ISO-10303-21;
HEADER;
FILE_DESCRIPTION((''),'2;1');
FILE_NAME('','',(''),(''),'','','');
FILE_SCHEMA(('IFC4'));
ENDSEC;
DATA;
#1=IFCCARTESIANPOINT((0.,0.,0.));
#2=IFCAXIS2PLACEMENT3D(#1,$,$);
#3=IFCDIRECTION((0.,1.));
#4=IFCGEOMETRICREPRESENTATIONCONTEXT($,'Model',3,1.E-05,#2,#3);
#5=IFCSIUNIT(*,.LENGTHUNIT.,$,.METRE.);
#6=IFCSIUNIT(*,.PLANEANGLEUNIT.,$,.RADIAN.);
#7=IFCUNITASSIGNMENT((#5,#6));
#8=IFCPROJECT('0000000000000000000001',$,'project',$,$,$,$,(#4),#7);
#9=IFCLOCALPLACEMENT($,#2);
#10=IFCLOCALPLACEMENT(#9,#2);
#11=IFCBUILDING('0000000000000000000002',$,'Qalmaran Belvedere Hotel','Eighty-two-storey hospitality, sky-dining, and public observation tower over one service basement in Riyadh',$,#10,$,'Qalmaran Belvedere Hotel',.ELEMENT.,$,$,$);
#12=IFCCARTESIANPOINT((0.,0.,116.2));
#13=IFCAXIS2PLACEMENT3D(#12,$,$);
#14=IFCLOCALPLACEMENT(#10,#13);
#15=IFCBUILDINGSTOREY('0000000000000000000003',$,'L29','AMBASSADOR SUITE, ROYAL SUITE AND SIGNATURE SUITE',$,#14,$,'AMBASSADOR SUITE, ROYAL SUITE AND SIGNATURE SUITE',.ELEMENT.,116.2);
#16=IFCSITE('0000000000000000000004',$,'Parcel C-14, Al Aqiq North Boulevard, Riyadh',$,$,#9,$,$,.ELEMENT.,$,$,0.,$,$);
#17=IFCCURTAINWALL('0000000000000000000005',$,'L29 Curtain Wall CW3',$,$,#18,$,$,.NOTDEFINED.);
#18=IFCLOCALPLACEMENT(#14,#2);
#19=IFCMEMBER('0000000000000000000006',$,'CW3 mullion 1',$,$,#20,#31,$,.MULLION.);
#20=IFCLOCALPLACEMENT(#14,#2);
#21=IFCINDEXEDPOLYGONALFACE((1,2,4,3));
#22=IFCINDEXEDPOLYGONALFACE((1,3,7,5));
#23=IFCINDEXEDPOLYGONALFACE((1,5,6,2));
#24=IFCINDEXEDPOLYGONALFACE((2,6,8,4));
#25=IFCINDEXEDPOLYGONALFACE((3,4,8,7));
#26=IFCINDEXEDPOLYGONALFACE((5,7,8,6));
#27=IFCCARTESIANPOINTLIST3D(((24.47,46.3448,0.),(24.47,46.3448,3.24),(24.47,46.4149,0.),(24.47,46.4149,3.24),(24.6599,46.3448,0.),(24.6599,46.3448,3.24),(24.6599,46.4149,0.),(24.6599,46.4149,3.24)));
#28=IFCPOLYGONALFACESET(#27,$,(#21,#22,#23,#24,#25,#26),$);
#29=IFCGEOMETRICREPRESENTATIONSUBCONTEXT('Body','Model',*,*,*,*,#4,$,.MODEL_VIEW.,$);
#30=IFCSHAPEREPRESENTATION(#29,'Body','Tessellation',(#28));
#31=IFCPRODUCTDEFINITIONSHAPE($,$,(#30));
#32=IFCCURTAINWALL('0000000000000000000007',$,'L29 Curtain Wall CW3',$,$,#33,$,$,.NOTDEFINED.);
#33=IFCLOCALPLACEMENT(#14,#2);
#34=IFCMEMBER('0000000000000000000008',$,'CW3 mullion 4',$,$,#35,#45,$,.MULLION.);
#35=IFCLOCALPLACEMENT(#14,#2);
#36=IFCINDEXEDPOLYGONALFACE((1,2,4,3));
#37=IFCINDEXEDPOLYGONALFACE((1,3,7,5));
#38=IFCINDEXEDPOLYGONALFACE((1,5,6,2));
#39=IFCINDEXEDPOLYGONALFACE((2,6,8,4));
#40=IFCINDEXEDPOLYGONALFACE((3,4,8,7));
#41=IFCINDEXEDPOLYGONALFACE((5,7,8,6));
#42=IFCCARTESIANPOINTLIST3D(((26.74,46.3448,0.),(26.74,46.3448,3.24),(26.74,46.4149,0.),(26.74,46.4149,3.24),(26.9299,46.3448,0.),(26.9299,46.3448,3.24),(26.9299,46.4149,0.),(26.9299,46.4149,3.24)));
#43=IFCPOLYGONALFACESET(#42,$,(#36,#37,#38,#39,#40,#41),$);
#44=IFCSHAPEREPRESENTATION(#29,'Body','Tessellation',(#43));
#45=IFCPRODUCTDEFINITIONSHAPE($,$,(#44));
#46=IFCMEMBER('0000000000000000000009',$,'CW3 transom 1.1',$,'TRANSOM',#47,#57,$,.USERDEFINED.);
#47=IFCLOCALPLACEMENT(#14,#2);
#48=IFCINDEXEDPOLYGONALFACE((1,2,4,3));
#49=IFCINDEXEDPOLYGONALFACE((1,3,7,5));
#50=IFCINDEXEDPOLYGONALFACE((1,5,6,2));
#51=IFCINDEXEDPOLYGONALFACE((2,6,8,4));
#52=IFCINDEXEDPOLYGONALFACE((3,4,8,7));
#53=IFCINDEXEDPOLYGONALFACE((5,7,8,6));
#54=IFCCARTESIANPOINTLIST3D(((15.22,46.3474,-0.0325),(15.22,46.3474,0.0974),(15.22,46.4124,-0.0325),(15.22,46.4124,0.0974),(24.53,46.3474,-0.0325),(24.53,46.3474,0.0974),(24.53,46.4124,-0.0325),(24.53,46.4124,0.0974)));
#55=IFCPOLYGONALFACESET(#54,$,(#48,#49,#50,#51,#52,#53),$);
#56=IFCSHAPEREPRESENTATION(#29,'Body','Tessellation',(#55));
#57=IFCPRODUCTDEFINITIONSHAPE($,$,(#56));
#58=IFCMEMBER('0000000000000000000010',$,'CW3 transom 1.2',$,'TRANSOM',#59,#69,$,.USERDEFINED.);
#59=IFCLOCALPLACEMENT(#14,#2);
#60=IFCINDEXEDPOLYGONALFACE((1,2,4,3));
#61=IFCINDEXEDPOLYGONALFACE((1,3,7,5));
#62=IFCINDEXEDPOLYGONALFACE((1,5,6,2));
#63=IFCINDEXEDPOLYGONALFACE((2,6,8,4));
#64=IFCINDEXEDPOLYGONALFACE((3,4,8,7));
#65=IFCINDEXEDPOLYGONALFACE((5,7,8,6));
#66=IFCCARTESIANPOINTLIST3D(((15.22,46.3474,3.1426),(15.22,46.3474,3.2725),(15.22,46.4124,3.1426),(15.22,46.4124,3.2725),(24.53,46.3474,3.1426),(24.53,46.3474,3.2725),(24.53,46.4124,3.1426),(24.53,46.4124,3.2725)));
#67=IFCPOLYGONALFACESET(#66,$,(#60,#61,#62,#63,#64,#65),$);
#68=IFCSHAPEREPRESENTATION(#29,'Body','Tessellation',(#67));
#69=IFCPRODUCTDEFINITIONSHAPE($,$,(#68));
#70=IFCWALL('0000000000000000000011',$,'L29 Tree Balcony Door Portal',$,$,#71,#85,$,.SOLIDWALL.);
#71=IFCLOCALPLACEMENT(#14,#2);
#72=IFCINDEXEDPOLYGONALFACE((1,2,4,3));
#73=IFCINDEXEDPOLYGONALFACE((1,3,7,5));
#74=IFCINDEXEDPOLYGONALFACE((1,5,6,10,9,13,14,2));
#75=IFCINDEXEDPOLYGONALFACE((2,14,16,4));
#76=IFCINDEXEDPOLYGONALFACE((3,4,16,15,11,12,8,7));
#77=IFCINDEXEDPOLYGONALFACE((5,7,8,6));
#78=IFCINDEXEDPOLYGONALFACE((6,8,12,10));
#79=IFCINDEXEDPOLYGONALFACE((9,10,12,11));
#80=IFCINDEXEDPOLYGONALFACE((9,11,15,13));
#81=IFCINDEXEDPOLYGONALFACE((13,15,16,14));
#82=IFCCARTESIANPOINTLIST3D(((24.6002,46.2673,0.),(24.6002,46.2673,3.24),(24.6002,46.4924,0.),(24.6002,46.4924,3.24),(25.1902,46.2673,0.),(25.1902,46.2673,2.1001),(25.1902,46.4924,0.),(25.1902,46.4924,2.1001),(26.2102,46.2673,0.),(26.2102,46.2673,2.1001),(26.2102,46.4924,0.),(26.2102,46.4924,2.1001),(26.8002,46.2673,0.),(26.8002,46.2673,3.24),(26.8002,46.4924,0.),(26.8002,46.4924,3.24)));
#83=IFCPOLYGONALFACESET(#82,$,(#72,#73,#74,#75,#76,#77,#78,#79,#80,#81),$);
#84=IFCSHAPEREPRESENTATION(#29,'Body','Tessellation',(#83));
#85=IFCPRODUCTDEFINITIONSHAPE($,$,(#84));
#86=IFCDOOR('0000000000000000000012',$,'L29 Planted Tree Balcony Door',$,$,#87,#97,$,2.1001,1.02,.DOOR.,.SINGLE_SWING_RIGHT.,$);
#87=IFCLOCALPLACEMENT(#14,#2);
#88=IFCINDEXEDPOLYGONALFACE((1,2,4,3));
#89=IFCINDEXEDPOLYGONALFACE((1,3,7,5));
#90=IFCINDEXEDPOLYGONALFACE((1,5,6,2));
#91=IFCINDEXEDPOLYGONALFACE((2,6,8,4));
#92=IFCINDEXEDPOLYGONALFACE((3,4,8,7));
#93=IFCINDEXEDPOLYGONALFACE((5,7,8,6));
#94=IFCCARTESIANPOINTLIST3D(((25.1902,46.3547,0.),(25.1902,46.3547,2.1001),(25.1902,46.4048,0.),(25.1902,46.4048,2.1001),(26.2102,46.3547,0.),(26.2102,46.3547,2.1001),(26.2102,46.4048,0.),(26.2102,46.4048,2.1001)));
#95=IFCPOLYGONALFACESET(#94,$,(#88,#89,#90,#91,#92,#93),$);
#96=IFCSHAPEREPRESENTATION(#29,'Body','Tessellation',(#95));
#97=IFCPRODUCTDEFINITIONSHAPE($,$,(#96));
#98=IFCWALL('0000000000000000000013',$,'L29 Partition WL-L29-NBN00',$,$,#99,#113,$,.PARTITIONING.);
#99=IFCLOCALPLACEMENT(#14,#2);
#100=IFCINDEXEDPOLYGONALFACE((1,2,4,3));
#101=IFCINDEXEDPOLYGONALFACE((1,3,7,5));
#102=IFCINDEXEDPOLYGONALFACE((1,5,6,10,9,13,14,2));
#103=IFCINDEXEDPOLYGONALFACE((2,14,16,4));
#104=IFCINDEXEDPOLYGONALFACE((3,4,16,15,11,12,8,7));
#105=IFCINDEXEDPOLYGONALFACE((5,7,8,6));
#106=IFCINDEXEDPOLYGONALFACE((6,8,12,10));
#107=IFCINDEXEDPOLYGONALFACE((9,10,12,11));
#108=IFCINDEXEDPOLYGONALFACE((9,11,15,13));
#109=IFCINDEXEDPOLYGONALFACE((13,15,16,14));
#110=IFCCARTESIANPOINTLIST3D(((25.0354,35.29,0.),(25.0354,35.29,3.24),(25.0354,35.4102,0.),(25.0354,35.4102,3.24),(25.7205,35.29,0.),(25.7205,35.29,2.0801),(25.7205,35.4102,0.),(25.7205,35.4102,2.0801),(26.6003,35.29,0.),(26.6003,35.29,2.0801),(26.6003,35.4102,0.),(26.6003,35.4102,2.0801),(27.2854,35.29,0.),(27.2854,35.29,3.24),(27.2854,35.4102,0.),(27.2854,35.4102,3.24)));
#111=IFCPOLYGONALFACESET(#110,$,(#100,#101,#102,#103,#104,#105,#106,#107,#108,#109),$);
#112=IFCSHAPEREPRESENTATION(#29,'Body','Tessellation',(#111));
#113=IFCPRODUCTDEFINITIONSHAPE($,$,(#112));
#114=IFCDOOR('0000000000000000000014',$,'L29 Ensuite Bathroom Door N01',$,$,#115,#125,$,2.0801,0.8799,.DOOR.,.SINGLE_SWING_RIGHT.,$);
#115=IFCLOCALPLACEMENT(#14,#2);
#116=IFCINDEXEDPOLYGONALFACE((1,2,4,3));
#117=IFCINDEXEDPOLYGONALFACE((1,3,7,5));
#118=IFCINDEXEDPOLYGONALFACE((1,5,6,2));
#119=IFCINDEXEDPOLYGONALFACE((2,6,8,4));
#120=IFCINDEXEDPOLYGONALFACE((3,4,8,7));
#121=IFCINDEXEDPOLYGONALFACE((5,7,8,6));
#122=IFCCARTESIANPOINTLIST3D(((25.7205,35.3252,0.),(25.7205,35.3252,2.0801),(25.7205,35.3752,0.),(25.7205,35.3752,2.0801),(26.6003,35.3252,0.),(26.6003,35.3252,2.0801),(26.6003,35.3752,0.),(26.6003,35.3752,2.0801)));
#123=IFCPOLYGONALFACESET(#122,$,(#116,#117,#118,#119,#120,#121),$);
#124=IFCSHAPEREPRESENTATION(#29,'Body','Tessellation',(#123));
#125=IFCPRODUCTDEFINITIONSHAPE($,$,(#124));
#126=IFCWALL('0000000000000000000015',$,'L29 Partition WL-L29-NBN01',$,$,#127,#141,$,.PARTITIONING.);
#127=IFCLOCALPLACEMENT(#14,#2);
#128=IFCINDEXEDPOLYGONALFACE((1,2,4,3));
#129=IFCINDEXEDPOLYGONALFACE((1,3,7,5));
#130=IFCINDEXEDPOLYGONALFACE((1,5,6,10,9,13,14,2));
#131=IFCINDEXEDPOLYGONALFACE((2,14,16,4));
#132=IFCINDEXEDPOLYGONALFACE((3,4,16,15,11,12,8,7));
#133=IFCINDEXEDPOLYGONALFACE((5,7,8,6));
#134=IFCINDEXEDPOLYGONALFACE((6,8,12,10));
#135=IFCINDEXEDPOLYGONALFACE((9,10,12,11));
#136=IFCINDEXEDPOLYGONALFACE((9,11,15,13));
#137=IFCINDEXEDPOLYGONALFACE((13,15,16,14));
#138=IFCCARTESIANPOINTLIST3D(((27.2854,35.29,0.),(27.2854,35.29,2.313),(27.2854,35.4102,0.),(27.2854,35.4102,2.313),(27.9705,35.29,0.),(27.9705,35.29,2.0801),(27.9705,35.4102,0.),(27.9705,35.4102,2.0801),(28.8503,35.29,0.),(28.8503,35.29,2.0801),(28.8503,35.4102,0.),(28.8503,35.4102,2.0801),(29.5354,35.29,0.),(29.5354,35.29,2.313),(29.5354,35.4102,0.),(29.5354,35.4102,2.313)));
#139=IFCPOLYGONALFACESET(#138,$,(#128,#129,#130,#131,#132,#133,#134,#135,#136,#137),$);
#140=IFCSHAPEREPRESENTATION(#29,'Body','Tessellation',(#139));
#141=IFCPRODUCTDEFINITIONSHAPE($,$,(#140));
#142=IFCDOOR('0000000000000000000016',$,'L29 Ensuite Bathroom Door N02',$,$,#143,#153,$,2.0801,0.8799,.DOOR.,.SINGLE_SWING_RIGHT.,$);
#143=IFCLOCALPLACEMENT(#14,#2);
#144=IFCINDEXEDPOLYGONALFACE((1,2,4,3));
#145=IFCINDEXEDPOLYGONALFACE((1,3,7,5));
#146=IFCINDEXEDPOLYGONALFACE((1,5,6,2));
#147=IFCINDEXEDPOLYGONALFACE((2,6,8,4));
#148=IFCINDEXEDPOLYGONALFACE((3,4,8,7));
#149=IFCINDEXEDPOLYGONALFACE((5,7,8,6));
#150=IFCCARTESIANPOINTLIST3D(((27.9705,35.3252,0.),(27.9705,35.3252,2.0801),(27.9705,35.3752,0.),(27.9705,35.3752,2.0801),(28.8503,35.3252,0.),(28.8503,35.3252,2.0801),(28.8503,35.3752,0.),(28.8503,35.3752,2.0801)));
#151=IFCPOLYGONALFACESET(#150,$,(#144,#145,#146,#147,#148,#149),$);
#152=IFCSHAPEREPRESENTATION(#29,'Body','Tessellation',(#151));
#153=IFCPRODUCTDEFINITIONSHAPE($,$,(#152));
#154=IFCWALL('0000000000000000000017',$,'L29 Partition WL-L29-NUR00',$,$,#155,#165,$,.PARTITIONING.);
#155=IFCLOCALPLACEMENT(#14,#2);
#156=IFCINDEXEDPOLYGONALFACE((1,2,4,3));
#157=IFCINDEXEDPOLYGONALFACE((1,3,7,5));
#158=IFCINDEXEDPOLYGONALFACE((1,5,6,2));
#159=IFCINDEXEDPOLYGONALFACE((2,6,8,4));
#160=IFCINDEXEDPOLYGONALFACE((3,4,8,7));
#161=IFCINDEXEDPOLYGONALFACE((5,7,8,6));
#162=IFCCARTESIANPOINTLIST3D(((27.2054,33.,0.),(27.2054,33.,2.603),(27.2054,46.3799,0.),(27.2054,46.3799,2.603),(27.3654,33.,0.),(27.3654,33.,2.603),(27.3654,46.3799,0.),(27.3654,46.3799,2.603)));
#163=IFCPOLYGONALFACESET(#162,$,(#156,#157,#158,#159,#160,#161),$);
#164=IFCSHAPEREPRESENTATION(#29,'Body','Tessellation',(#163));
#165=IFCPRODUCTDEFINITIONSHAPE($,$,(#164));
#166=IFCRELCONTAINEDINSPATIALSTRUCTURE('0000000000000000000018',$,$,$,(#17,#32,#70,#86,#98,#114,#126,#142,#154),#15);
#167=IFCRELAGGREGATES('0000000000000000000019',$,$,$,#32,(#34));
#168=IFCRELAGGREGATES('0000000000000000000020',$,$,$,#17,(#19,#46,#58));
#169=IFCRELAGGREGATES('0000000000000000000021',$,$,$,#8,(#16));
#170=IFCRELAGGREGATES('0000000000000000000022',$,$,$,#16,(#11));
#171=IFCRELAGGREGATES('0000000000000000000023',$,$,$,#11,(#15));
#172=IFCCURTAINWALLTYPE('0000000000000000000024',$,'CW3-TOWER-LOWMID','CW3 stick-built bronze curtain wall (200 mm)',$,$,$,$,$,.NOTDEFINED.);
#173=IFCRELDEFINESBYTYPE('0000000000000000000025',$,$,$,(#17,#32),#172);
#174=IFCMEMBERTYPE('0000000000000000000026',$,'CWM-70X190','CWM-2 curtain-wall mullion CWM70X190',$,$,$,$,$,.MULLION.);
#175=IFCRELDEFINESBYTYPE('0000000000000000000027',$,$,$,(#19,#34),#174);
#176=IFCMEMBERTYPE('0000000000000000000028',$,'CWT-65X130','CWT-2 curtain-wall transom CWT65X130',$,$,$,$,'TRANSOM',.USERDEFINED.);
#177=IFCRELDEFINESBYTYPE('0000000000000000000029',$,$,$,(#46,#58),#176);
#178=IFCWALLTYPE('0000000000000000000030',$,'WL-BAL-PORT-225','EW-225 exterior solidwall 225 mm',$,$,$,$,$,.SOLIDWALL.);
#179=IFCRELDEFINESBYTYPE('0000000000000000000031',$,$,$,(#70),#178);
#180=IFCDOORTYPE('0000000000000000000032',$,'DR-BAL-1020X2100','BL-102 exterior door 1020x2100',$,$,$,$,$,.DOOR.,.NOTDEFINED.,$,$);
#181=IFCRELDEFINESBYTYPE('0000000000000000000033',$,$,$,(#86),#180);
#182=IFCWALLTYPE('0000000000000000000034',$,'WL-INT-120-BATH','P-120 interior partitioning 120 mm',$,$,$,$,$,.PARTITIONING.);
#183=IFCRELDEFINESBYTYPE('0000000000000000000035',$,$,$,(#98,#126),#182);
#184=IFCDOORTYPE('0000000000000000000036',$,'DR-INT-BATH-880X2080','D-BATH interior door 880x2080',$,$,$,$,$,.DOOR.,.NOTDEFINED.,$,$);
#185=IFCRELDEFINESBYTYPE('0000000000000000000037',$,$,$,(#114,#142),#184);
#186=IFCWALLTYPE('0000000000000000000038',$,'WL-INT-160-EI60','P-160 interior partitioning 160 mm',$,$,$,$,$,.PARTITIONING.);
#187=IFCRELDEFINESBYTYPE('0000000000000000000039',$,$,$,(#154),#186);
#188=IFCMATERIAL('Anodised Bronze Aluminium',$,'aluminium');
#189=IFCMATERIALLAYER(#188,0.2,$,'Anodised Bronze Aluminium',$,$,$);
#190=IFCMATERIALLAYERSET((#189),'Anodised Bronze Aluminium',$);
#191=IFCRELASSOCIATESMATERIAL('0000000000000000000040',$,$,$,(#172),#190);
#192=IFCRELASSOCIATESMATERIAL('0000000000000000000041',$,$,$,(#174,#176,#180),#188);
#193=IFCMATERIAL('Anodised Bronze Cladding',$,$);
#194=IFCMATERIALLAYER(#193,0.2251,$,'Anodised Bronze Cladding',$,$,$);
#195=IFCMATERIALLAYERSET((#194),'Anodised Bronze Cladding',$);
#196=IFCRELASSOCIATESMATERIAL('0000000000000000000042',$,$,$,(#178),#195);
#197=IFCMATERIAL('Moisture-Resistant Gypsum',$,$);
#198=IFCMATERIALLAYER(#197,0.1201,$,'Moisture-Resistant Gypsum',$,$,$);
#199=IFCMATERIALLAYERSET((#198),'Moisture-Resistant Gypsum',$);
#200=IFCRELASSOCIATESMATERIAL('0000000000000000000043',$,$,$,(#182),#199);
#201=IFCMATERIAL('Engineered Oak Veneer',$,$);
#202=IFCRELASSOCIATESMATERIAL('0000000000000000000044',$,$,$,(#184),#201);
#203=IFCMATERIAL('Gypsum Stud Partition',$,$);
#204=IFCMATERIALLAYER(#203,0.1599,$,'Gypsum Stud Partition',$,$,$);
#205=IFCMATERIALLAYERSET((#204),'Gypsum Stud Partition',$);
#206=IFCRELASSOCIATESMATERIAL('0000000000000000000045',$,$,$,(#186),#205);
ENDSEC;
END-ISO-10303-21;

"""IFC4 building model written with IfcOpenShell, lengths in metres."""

from ifc_helpers import new_model, si_unit, direction, frame, frame_2d, origin, origin_2d, place, context, subcontext, project, spatial, rectangle, extrude, material, layer, layer_set, material_profile, profile_set, type_object, element, fill, aggregate, save


model = new_model("IFC4")

# Units and contexts
model_context = context("Model", 3, precision=1e-05, world=origin(), true_north=direction((0.0, 1.0)))
body_context = subcontext(model_context, "Body", "Model", "MODEL_VIEW")
ifc_project = project(units=[si_unit("LENGTHUNIT", "METRE"), si_unit("PLANEANGLEUNIT", "RADIAN")], contexts=[model_context])

# Site, building, storey
site_placement = place(None, origin())
site = spatial("IfcSite", under=ifc_project, at=site_placement, Name="Parcel C-14, Al Aqiq North Boulevard, Riyadh", CompositionType="ELEMENT", RefElevation=0.0)
building_placement = place(site_placement, origin())
building = spatial("IfcBuilding", under=site, at=building_placement, Name="Qalmaran Belvedere Hotel", Description="Eighty-two-storey hospitality, sky-dining, and public observation tower over one service basement in Riyadh", LongName="Qalmaran Belvedere Hotel", CompositionType="ELEMENT")
storey_placement = place(building_placement, frame((0.0, 0.0, 116.2)))
storey = spatial("IfcBuildingStorey", under=building, at=storey_placement, Name="L29", Description="AMBASSADOR SUITE, ROYAL SUITE AND SIGNATURE SUITE", LongName="AMBASSADOR SUITE, ROYAL SUITE AND SIGNATURE SUITE", CompositionType="ELEMENT", Elevation=116.2)

# Curtain walls, members
ifc_material_1 = material(Name="Anodised Bronze Aluminium", Category="aluminium")
ifc_layer_1 = layer(ifc_material_1, 0.2, Name="Anodised Bronze Aluminium")
ifc_layer_set_1 = layer_set([ifc_layer_1], Name="Anodised Bronze Aluminium")
curtain_wall_type = type_object("IfcCurtainWallType", Name="CW3-TOWER-LOWMID", Description="CW3 stick-built bronze curtain wall (200 mm)", PredefinedType="NOTDEFINED", material=ifc_layer_set_1)
curtain_wall_1_placement = place(storey_placement, origin())
curtain_wall_1 = element("IfcCurtainWall", 1, at=curtain_wall_1_placement, inside=storey, type_object=curtain_wall_type, Name="L29 Curtain Wall CW3", PredefinedType="NOTDEFINED")
ifc_material_profile_1 = material_profile(ifc_material_1, rectangle(XDim=0.0701, YDim=0.1899, at=origin_2d()), Name="CWM70X190")
ifc_profile_set_1 = profile_set([ifc_material_profile_1], Name="Anodised Bronze Aluminium")
member_type_1 = type_object("IfcMemberType", Name="CWM-70X190", Description="CWM-2 curtain-wall mullion CWM70X190", PredefinedType="MULLION", material=ifc_profile_set_1)
member_1_placement = place(storey_placement, frame((24.5649, 46.3799, 0.0), z_axis=(0.0, 0.0, 1.0), x_axis=(0.0, -1.0, 0.0)))
member_1 = element("IfcMember", 2, at=member_1_placement, type_object=member_type_1, Name="CW3 mullion 1", PredefinedType="MULLION", context=body_context, shape_type="SweptSolid", body=[
    extrude(rectangle(XDim=0.0701, YDim=0.1899, at=origin_2d()), origin(), (0.0, 0.0, 1.0), 3.24),
])
curtain_wall_2_placement = place(storey_placement, origin())
curtain_wall_2 = element("IfcCurtainWall", 3, at=curtain_wall_2_placement, inside=storey, type_object=curtain_wall_type, Name="L29 Curtain Wall CW3", PredefinedType="NOTDEFINED")
member_2_placement = place(storey_placement, frame((26.835, 46.3799, 0.0), z_axis=(0.0, 0.0, 1.0), x_axis=(0.0, -1.0, 0.0)))
member_2 = element("IfcMember", 4, at=member_2_placement, type_object=member_type_1, Name="CW3 mullion 4", PredefinedType="MULLION", context=body_context, shape_type="SweptSolid", body=[
    extrude(rectangle(XDim=0.0701, YDim=0.1899, at=origin_2d()), origin(), (0.0, 0.0, 1.0), 3.24),
])
aggregate(curtain_wall_2, [member_2])

# Members
ifc_material_profile_2 = material_profile(ifc_material_1, rectangle(XDim=0.0649, YDim=0.1299, at=origin_2d()), Name="CWT65X130")
ifc_profile_set_2 = profile_set([ifc_material_profile_2], Name="Anodised Bronze Aluminium")
member_type_2 = type_object("IfcMemberType", Name="CWT-65X130", Description="CWT-2 curtain-wall transom CWT65X130", ElementType="TRANSOM", PredefinedType="USERDEFINED", material=ifc_profile_set_2)
member_3_placement = place(storey_placement, frame((24.53, 46.3799, 0.0325), z_axis=(-1.0, 0.0, 0.0), x_axis=(0.0, -1.0, 0.0)))
member_3 = element("IfcMember", 5, at=member_3_placement, type_object=member_type_2, Name="CW3 transom 1.1", ObjectType="TRANSOM", PredefinedType="USERDEFINED", context=body_context, shape_type="SweptSolid", body=[
    extrude(rectangle(XDim=0.0649, YDim=0.1299, at=origin_2d()), origin(), (0.0, 0.0, 1.0), 9.3101),
])
member_4_placement = place(storey_placement, frame((24.53, 46.3799, 3.2075), z_axis=(-1.0, 0.0, 0.0), x_axis=(0.0, -1.0, 0.0)))
member_4 = element("IfcMember", 6, at=member_4_placement, type_object=member_type_2, Name="CW3 transom 1.2", ObjectType="TRANSOM", PredefinedType="USERDEFINED", context=body_context, shape_type="SweptSolid", body=[
    extrude(rectangle(XDim=0.0649, YDim=0.1299, at=origin_2d()), origin(), (0.0, 0.0, 1.0), 9.3101),
])
aggregate(curtain_wall_1, [member_1, member_3, member_4])

# Walls, openings, doors
ifc_material_2 = material(Name="Anodised Bronze Cladding")
ifc_layer_2 = layer(ifc_material_2, 0.2251, Name="Anodised Bronze Cladding")
ifc_layer_set_2 = layer_set([ifc_layer_2], Name="Anodised Bronze Cladding")
wall_type_1 = type_object("IfcWallType", Name="WL-BAL-PORT-225", Description="EW-225 exterior solidwall 225 mm", PredefinedType="SOLIDWALL", material=ifc_layer_set_2)
wall_1_placement = place(storey_placement, frame((24.6001, 46.3799, 0.0), z_axis=(0.0, 0.0, 1.0), x_axis=(1.0, 0.0, 0.0)))
wall_1 = element("IfcWall", 7, at=wall_1_placement, inside=storey, type_object=wall_type_1, Name="L29 Tree Balcony Door Portal", PredefinedType="SOLIDWALL", context=body_context, shape_type="SweptSolid", body=[
    extrude(rectangle(XDim=2.2, YDim=0.2251, at=frame_2d((1.1001, 0.0))), origin(), (0.0, 0.0, 1.0), 3.24),
])
opening_1_placement = place(wall_1_placement, frame((0.5901, 0.0, 0.0)))
opening_1 = element("IfcOpeningElement", 8, at=opening_1_placement, cuts=wall_1, PredefinedType="OPENING", context=body_context, shape_type="SweptSolid", body=[
    extrude(rectangle(XDim=1.02, YDim=2.1001, at=frame_2d((0.51, 1.05))), frame((0.0, 0.1226, 0.0), z_axis=(0.0, -1.0, 0.0), x_axis=(1.0, 0.0, 0.0)), (0.0, 0.0, 1.0), 0.2451),
])
door_type_1 = type_object("IfcDoorType", Name="DR-BAL-1020X2100", Description="BL-102 exterior door 1020x2100", OperationType="NOTDEFINED", PredefinedType="DOOR", material=ifc_material_1)
door_1_placement = place(opening_1_placement, origin())
door_1 = element("IfcDoor", 9, at=door_1_placement, inside=storey, type_object=door_type_1, Name="L29 Planted Tree Balcony Door", OperationType="SINGLE_SWING_RIGHT", OverallHeight=2.1001, OverallWidth=1.02, PredefinedType="DOOR", context=body_context, shape_type="SweptSolid", body=[
    extrude(rectangle(XDim=1.02, YDim=2.1001, at=frame_2d((0.51, 1.05))), frame((0.0, 0.0249, 0.0), z_axis=(0.0, -1.0, 0.0), x_axis=(1.0, 0.0, 0.0)), (0.0, 0.0, 1.0), 0.05),
])
fill(opening_1, door_1)
ifc_material_3 = material(Name="Moisture-Resistant Gypsum")
ifc_layer_3 = layer(ifc_material_3, 0.1201, Name="Moisture-Resistant Gypsum")
ifc_layer_set_3 = layer_set([ifc_layer_3], Name="Moisture-Resistant Gypsum")
wall_type_2 = type_object("IfcWallType", Name="WL-INT-120-BATH", Description="P-120 interior partitioning 120 mm", PredefinedType="PARTITIONING", material=ifc_layer_set_3)
wall_2_placement = place(storey_placement, frame((25.0354, 35.3501, 0.0), z_axis=(0.0, 0.0, 1.0), x_axis=(1.0, 0.0, 0.0)))
wall_2 = element("IfcWall", 10, at=wall_2_placement, inside=storey, type_object=wall_type_2, Name="L29 Partition WL-L29-NBN00", PredefinedType="PARTITIONING", context=body_context, shape_type="SweptSolid", body=[
    extrude(rectangle(XDim=2.25, YDim=0.1201, at=frame_2d((1.125, 0.0))), origin(), (0.0, 0.0, 1.0), 3.24),
])
opening_2_placement = place(wall_2_placement, frame((1.5649, 0.0, 0.0), z_axis=(0.0, 0.0, 1.0), x_axis=(-1.0, 0.0, 0.0)))
opening_2 = element("IfcOpeningElement", 11, at=opening_2_placement, cuts=wall_2, PredefinedType="OPENING", context=body_context, shape_type="SweptSolid", body=[
    extrude(rectangle(XDim=0.8799, YDim=2.0801, at=frame_2d((0.4399, 1.04))), frame((0.0, 0.0701, 0.0), z_axis=(0.0, -1.0, 0.0), x_axis=(1.0, 0.0, 0.0)), (0.0, 0.0, 1.0), 0.1401),
])
ifc_material_4 = material(Name="Engineered Oak Veneer")
door_type_2 = type_object("IfcDoorType", Name="DR-INT-BATH-880X2080", Description="D-BATH interior door 880x2080", OperationType="NOTDEFINED", PredefinedType="DOOR", material=ifc_material_4)
door_2_placement = place(opening_2_placement, origin())
door_2 = element("IfcDoor", 12, at=door_2_placement, inside=storey, type_object=door_type_2, Name="L29 Ensuite Bathroom Door N01", OperationType="SINGLE_SWING_RIGHT", OverallHeight=2.0801, OverallWidth=0.8799, PredefinedType="DOOR", context=body_context, shape_type="SweptSolid", body=[
    extrude(rectangle(XDim=0.8799, YDim=2.0801, at=frame_2d((0.4399, 1.04))), frame((0.0, 0.0249, 0.0), z_axis=(0.0, -1.0, 0.0), x_axis=(1.0, 0.0, 0.0)), (0.0, 0.0, 1.0), 0.05),
])
fill(opening_2, door_2)
wall_3_placement = place(storey_placement, frame((27.2854, 35.3501, 0.0), z_axis=(0.0, 0.0, 1.0), x_axis=(1.0, 0.0, 0.0)))
wall_3 = element("IfcWall", 13, at=wall_3_placement, inside=storey, type_object=wall_type_2, Name="L29 Partition WL-L29-NBN01", PredefinedType="PARTITIONING", context=body_context, shape_type="SweptSolid", body=[
    extrude(rectangle(XDim=2.25, YDim=0.1201, at=frame_2d((1.125, 0.0))), origin(), (0.0, 0.0, 1.0), 2.313),
])
opening_3_placement = place(wall_3_placement, frame((1.5649, 0.0, 0.0), z_axis=(0.0, 0.0, 1.0), x_axis=(-1.0, 0.0, 0.0)))
opening_3 = element("IfcOpeningElement", 14, at=opening_3_placement, cuts=wall_3, PredefinedType="OPENING", context=body_context, shape_type="SweptSolid", body=[
    extrude(rectangle(XDim=0.8799, YDim=2.0801, at=frame_2d((0.4399, 1.04))), frame((0.0, 0.0701, 0.0), z_axis=(0.0, -1.0, 0.0), x_axis=(1.0, 0.0, 0.0)), (0.0, 0.0, 1.0), 0.1401),
])
door_3_placement = place(opening_3_placement, origin())
door_3 = element("IfcDoor", 15, at=door_3_placement, inside=storey, type_object=door_type_2, Name="L29 Ensuite Bathroom Door N02", OperationType="SINGLE_SWING_RIGHT", OverallHeight=2.0801, OverallWidth=0.8799, PredefinedType="DOOR", context=body_context, shape_type="SweptSolid", body=[
    extrude(rectangle(XDim=0.8799, YDim=2.0801, at=frame_2d((0.4399, 1.04))), frame((0.0, 0.0249, 0.0), z_axis=(0.0, -1.0, 0.0), x_axis=(1.0, 0.0, 0.0)), (0.0, 0.0, 1.0), 0.05),
])
fill(opening_3, door_3)

# Wall
ifc_material_5 = material(Name="Gypsum Stud Partition")
ifc_layer_4 = layer(ifc_material_5, 0.1599, Name="Gypsum Stud Partition")
ifc_layer_set_4 = layer_set([ifc_layer_4], Name="Gypsum Stud Partition")
wall_type_3 = type_object("IfcWallType", Name="WL-INT-160-EI60", Description="P-160 interior partitioning 160 mm", PredefinedType="PARTITIONING", material=ifc_layer_set_4)
wall_4_placement = place(storey_placement, frame((27.2854, 33.0, 0.0), z_axis=(0.0, 0.0, 1.0), x_axis=(0.0, 1.0, 0.0)))
element("IfcWall", 16, at=wall_4_placement, inside=storey, type_object=wall_type_3, Name="L29 Partition WL-L29-NUR00", PredefinedType="PARTITIONING", context=body_context, shape_type="SweptSolid", body=[
    extrude(rectangle(XDim=13.3799, YDim=0.1599, at=frame_2d((6.6899, 0.0))), origin(), (0.0, 0.0, 1.0), 2.603),
])

save(model, "model.ifc")
